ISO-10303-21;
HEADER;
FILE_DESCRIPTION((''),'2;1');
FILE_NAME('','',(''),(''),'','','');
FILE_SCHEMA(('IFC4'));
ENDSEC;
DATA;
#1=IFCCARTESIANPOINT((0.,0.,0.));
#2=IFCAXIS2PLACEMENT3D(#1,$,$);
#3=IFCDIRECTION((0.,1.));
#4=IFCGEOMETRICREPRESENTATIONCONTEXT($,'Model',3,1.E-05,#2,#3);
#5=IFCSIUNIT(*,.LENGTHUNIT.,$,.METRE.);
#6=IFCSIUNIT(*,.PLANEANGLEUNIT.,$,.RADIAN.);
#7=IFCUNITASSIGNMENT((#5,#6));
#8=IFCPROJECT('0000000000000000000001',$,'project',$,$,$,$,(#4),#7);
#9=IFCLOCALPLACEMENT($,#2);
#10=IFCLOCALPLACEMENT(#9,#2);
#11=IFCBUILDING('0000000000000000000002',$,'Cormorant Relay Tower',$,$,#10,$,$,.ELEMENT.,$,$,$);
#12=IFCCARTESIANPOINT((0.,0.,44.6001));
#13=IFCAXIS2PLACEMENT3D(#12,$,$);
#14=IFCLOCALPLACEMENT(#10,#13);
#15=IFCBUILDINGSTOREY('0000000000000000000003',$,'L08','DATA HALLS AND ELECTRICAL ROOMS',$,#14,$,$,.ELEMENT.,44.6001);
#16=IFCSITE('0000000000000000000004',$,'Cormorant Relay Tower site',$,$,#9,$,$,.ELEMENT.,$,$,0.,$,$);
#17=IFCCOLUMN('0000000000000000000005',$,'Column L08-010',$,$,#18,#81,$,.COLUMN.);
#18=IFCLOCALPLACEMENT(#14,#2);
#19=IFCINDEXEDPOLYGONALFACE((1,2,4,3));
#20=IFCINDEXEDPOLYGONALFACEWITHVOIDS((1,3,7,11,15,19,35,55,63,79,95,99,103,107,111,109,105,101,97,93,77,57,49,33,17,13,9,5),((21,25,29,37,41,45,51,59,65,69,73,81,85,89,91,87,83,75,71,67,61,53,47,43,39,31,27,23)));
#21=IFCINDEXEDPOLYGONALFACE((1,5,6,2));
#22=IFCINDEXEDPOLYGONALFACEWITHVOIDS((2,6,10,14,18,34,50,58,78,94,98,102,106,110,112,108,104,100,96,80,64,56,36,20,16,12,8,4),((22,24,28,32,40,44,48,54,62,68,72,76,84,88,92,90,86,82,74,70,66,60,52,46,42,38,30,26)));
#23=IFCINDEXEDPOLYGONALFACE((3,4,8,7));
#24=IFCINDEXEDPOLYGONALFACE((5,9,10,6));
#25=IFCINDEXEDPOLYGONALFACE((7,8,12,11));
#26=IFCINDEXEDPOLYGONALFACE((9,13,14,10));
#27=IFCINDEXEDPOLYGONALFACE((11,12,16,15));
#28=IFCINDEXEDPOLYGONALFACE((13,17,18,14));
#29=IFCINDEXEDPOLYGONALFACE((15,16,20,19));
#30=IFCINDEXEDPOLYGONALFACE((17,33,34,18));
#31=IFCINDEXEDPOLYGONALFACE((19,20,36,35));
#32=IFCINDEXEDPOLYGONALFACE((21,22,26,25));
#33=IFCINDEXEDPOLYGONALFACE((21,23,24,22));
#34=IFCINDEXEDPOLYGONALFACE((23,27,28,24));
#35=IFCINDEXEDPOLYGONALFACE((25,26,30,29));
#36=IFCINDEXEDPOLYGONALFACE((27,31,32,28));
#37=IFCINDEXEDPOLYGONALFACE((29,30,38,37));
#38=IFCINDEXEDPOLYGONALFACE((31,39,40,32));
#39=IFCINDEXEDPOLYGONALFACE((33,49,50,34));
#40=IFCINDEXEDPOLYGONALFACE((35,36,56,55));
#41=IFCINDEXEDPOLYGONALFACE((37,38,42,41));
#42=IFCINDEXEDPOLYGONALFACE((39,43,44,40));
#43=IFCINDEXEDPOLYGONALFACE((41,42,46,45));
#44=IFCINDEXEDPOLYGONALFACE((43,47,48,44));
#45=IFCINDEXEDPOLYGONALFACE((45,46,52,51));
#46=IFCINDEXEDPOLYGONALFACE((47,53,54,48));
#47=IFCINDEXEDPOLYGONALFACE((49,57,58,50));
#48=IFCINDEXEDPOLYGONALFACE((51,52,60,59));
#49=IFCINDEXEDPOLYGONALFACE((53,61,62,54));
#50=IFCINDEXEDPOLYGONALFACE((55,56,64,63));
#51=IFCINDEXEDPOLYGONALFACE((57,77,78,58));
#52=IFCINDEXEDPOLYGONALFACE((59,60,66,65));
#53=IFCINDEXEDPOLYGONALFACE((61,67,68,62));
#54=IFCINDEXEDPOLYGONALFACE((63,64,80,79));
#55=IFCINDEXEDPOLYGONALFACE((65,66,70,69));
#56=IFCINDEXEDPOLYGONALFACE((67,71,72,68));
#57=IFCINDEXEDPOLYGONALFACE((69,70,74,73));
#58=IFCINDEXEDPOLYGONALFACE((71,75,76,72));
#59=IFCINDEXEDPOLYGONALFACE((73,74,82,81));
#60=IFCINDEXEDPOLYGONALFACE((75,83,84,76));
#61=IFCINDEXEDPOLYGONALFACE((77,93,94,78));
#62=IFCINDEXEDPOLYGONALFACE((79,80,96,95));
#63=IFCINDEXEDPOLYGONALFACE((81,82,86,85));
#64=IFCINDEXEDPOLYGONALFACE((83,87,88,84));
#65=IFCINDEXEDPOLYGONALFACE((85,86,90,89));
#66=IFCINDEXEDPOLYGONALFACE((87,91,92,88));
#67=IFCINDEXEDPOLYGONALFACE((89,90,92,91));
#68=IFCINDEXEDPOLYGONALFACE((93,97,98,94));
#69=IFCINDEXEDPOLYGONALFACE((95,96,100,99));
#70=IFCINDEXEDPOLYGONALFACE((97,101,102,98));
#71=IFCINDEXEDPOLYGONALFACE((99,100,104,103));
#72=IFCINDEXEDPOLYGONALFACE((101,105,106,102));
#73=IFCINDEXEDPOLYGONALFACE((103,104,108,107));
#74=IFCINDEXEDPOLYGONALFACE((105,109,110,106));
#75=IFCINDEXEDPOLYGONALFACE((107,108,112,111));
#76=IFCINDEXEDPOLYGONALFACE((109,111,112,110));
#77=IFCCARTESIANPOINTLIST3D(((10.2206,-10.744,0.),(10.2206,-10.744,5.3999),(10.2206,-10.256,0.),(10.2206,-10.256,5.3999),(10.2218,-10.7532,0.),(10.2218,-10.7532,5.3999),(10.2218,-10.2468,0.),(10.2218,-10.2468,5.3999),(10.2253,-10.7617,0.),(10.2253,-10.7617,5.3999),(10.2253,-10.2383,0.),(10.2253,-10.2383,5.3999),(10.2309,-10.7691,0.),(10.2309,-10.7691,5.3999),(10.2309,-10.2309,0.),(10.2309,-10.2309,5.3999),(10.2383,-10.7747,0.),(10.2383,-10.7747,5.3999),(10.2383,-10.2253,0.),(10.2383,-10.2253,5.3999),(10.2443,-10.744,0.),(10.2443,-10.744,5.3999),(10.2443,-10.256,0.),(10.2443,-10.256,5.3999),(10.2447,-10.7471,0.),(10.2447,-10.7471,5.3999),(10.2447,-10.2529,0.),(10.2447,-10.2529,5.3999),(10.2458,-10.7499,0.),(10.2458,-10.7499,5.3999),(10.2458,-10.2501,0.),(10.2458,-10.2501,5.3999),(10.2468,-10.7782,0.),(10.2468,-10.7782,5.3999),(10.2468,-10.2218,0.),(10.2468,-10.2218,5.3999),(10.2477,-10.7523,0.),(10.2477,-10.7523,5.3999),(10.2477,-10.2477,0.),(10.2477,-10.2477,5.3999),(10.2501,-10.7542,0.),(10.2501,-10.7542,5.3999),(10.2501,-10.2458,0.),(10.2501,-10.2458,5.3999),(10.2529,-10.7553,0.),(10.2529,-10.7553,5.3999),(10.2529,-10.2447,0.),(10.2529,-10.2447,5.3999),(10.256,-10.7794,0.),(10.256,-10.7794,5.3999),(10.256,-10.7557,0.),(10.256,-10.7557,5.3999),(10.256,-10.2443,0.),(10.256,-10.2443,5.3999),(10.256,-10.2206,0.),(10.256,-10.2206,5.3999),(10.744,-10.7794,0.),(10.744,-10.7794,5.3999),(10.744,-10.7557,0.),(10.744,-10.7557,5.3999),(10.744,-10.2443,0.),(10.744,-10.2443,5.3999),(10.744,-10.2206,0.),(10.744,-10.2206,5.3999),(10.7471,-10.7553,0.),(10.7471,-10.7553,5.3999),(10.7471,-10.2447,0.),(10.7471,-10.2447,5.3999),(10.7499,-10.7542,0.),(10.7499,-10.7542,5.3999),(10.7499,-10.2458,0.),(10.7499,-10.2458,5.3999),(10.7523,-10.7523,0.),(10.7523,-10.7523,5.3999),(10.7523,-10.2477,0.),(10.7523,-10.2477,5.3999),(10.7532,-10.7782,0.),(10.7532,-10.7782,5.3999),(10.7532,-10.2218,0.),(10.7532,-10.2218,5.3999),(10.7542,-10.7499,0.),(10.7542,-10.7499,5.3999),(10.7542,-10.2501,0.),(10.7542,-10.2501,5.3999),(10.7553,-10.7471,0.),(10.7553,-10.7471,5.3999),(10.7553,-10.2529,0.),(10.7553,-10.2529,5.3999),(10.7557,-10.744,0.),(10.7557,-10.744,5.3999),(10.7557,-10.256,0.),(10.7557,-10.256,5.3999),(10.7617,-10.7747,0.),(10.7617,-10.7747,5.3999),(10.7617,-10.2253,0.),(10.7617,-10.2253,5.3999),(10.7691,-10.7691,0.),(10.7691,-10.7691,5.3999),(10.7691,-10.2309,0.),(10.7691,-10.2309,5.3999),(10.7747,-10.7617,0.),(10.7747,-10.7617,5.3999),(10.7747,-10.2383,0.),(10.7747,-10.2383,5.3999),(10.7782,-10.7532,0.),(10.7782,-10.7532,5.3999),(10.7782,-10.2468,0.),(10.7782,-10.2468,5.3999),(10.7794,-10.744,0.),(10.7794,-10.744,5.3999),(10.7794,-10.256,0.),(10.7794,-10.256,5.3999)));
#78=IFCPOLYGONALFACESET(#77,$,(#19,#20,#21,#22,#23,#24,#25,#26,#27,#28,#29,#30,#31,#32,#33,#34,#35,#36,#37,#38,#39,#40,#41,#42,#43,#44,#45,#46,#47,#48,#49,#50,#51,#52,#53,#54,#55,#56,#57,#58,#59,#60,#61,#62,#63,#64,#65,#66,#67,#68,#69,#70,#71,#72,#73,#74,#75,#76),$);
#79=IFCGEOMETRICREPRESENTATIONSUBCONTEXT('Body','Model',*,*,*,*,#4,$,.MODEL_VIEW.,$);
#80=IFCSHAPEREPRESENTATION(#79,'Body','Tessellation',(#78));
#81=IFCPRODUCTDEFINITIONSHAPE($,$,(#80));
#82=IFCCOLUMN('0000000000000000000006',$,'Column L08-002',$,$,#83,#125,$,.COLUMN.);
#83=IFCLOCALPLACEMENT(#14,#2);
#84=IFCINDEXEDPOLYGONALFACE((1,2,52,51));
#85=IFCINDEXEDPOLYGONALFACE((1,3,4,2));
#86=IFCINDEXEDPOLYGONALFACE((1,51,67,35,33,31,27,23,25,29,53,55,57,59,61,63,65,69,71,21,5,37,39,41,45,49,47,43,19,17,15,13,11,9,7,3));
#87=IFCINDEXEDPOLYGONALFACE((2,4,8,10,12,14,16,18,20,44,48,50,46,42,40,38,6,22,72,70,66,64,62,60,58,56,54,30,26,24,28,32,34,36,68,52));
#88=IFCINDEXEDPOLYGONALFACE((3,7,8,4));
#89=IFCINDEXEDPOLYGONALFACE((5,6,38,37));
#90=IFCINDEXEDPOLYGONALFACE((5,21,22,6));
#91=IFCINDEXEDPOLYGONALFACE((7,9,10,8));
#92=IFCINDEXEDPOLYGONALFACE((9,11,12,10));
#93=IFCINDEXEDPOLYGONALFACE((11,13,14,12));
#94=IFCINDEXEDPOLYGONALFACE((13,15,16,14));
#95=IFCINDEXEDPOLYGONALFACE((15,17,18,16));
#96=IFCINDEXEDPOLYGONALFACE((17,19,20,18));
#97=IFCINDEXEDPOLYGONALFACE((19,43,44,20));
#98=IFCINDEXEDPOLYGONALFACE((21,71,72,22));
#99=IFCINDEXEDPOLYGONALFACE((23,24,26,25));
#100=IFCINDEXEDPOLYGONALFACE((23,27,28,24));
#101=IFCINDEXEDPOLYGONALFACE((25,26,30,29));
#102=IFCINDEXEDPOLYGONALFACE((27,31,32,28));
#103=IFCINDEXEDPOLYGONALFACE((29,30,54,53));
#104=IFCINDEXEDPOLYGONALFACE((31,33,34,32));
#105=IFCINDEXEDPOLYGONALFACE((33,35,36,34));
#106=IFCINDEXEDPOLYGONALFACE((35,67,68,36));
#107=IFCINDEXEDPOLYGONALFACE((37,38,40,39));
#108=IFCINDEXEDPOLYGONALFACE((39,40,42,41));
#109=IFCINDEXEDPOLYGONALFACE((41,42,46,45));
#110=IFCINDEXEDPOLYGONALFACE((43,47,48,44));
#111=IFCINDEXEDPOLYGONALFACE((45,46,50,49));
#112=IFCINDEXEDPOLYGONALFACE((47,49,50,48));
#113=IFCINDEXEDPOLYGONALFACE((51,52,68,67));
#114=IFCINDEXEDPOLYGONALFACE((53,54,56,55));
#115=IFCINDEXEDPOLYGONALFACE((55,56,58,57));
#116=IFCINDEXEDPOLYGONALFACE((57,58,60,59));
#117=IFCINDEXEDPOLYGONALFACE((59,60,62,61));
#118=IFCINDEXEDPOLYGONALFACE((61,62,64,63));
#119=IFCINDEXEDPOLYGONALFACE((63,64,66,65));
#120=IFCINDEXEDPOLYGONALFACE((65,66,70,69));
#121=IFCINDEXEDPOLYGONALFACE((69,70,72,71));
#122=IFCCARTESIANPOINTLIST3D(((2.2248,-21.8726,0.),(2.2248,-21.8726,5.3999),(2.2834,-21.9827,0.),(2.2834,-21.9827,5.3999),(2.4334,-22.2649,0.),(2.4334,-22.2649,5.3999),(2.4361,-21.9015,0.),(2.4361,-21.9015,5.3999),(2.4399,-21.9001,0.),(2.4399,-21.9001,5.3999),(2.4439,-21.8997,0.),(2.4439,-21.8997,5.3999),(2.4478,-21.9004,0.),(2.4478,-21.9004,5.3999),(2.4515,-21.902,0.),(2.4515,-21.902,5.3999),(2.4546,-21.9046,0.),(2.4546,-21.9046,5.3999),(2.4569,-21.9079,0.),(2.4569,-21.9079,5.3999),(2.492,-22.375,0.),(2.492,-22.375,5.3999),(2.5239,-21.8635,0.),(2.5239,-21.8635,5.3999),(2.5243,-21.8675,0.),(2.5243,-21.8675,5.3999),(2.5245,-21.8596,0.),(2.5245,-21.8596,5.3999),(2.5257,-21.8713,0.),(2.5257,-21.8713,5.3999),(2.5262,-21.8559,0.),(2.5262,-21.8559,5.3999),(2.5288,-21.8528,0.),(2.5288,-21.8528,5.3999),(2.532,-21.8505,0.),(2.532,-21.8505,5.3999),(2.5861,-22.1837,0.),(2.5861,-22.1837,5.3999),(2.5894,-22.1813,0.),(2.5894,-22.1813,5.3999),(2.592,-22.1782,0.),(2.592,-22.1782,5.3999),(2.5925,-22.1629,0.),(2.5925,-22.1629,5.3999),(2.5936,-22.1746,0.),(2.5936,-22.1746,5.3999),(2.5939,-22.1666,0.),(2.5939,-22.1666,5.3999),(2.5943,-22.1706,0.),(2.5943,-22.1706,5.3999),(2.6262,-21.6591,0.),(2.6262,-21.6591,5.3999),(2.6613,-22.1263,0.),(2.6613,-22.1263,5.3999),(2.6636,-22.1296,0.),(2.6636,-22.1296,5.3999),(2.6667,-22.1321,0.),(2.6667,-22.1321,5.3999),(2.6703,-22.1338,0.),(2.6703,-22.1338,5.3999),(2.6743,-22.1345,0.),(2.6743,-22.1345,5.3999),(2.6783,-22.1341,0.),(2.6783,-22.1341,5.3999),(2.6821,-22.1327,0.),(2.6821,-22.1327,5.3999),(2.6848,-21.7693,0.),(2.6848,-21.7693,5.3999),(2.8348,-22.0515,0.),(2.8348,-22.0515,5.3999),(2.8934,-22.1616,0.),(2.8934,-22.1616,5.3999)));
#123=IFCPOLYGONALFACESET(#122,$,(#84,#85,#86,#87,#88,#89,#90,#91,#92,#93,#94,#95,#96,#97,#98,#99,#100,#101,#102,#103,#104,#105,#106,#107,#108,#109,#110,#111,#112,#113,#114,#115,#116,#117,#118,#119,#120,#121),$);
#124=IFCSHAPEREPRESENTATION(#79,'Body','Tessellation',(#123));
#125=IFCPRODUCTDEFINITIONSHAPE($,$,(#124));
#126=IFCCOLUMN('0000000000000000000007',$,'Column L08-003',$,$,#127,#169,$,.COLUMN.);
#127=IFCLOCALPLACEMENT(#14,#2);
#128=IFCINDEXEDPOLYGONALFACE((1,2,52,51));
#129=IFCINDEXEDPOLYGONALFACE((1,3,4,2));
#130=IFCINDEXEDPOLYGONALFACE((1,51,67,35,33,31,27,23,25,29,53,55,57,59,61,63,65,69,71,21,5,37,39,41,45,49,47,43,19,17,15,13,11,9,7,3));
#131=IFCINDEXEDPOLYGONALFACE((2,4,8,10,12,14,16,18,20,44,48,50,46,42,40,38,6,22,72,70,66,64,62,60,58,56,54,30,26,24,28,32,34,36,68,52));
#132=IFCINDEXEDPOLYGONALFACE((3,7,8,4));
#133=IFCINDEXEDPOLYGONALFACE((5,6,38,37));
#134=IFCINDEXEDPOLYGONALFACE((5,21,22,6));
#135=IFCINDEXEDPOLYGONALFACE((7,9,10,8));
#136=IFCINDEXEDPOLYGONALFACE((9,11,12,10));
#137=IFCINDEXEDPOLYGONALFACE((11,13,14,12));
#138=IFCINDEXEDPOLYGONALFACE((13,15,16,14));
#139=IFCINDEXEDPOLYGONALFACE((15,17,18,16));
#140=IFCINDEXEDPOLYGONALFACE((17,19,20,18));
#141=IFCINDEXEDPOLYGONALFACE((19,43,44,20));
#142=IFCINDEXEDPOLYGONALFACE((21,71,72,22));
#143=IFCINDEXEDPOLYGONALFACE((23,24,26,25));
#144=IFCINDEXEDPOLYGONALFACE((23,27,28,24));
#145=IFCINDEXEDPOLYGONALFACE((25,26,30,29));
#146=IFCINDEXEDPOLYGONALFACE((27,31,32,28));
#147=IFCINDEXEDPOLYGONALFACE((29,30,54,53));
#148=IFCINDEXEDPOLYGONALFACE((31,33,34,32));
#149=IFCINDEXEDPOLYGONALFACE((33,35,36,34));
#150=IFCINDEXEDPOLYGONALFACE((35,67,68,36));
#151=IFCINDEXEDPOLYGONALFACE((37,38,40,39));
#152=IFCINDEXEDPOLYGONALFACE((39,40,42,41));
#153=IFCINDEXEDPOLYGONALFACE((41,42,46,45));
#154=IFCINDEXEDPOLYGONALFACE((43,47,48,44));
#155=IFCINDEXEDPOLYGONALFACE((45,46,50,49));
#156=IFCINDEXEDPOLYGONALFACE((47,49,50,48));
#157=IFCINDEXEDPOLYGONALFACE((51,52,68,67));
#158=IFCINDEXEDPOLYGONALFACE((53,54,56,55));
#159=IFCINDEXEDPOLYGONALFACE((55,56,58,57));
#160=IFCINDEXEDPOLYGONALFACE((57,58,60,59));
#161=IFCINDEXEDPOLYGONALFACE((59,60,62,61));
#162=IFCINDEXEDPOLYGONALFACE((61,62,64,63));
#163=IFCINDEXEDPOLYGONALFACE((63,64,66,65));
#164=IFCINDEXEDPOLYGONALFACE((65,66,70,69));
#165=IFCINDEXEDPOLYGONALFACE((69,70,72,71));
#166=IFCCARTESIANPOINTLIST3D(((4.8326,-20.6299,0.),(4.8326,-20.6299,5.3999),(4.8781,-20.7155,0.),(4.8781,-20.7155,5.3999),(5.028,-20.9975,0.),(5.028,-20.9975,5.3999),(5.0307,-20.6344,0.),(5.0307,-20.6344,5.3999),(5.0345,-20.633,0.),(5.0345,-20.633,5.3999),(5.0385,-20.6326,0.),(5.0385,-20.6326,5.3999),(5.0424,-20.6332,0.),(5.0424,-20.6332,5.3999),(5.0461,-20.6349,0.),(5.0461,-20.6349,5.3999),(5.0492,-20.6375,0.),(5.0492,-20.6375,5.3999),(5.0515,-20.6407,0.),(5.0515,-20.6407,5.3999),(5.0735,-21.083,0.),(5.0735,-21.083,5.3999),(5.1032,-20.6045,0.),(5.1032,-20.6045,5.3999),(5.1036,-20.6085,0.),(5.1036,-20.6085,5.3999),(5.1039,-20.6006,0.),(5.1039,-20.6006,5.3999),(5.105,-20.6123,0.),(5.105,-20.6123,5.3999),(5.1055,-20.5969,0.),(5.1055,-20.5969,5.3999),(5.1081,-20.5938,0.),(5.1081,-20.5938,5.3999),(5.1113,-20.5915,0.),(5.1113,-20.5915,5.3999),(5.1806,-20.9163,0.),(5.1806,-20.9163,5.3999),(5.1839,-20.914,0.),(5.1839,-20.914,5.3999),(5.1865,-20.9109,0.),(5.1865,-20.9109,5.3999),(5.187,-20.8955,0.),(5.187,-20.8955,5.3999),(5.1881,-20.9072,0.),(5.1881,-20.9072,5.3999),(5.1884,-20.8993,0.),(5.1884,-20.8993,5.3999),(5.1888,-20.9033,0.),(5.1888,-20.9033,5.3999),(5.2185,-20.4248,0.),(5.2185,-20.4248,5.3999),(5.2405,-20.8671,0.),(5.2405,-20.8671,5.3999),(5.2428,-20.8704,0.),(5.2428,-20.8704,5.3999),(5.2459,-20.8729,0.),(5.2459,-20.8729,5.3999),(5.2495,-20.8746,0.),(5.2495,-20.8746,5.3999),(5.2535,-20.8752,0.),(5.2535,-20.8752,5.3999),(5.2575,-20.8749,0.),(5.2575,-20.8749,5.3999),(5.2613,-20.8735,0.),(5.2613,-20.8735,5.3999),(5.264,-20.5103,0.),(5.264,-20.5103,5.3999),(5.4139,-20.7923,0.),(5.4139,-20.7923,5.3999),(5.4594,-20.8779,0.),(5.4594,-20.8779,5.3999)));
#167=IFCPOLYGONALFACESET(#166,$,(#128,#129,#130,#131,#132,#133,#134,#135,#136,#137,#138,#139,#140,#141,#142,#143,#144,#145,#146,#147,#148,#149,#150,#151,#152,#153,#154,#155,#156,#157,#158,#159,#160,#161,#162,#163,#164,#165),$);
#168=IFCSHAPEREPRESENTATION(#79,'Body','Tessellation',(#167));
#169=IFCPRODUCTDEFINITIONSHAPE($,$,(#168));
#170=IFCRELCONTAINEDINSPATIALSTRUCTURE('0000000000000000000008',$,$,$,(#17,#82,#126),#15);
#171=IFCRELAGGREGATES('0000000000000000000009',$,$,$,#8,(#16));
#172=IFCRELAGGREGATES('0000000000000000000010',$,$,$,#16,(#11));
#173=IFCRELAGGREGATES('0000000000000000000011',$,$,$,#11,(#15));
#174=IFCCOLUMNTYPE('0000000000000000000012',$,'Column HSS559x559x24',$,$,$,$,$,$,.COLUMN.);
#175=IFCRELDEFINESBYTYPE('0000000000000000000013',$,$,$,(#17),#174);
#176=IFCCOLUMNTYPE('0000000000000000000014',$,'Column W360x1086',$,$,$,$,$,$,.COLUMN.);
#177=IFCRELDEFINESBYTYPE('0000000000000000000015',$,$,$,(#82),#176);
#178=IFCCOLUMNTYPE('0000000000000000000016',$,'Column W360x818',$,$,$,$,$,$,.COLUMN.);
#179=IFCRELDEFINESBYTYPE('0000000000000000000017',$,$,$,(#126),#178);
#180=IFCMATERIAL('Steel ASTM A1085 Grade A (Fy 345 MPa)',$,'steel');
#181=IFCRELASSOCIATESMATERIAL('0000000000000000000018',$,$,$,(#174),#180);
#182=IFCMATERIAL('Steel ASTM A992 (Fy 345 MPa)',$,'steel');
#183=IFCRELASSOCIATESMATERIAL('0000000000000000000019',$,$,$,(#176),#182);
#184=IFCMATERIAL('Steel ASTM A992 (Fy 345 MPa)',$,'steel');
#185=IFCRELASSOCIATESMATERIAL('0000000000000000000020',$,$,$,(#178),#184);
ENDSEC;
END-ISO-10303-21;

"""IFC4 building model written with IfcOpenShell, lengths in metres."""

from ifc_helpers import new_model, si_unit, direction, frame, origin, origin_2d, place, context, subcontext, project, spatial, hollow_rectangle, i_section, extrude, material, material_profile, profile_set, type_object, element, save


model = new_model("IFC4")

# Units and contexts
model_context = context("Model", 3, precision=1e-05, world=origin(), true_north=direction((0.0, 1.0)))
body_context = subcontext(model_context, "Body", "Model", "MODEL_VIEW")
ifc_project = project(units=[si_unit("LENGTHUNIT", "METRE"), si_unit("PLANEANGLEUNIT", "RADIAN")], contexts=[model_context])

# Site, building, storey
site_placement = place(None, origin())
site = spatial("IfcSite", under=ifc_project, at=site_placement, Name="Cormorant Relay Tower site", CompositionType="ELEMENT", RefElevation=0.0)
building_placement = place(site_placement, origin())
building = spatial("IfcBuilding", under=site, at=building_placement, Name="Cormorant Relay Tower", CompositionType="ELEMENT")
storey_placement = place(building_placement, frame((0.0, 0.0, 44.6001)))
storey = spatial("IfcBuildingStorey", under=building, at=storey_placement, Name="L08", Description="DATA HALLS AND ELECTRICAL ROOMS", CompositionType="ELEMENT", Elevation=44.6001)

# Columns
ifc_material_1 = material(Name="Steel ASTM A1085 Grade A (Fy 345 MPa)", Category="steel")
ifc_material_profile_1 = material_profile(ifc_material_1, hollow_rectangle(XDim=0.5588, YDim=0.5588, WallThickness=0.0237, InnerFilletRadius=0.0117, OuterFilletRadius=0.0354, at=origin_2d()), Name="HSS559x559x24")
ifc_profile_set_1 = profile_set([ifc_material_profile_1], Name="Steel ASTM A1085 Grade A (Fy 345 MPa)")
column_type_1 = type_object("IfcColumnType", Name="Column HSS559x559x24", PredefinedType="COLUMN", material=ifc_profile_set_1)
column_1_placement = place(storey_placement, frame((10.5, -10.5, 0.0), z_axis=(0.0, 0.0, 1.0), x_axis=(1.0, 0.0, 0.0)))
element("IfcColumn", 1, at=column_1_placement, inside=storey, type_object=column_type_1, Name="Column L08-010", PredefinedType="COLUMN", context=body_context, shape_type="SweptSolid", body=[
    extrude(hollow_rectangle(XDim=0.5588, YDim=0.5588, WallThickness=0.0237, InnerFilletRadius=0.0117, OuterFilletRadius=0.0354, at=origin_2d()), origin(), (0.0, 0.0, 1.0), 5.3999),
])
ifc_material_2 = material(Name="Steel ASTM A992 (Fy 345 MPa)", Category="steel")
ifc_material_profile_2 = material_profile(ifc_material_2, i_section(OverallWidth=0.4546, OverallDepth=0.5691, WebThickness=0.0779, FlangeThickness=0.1248, FilletRadius=0.0154, at=origin_2d()), Name="W360x1086")
ifc_profile_set_2 = profile_set([ifc_material_profile_2], Name="Steel ASTM A992 (Fy 345 MPa)")
column_type_2 = type_object("IfcColumnType", Name="Column W360x1086", PredefinedType="COLUMN", material=ifc_profile_set_2)
column_2_placement = place(storey_placement, frame((2.5591, -22.0171, 0.0), z_axis=(0.0, 0.0, 1.0), x_axis=(0.882948, 0.469472, 0.0)))
element("IfcColumn", 2, at=column_2_placement, inside=storey, type_object=column_type_2, Name="Column L08-002", PredefinedType="COLUMN", context=body_context, shape_type="SweptSolid", body=[
    extrude(i_section(OverallWidth=0.4546, OverallDepth=0.5691, WebThickness=0.0779, FlangeThickness=0.1248, FilletRadius=0.0154, at=origin_2d()), origin(), (0.0, 0.0, 1.0), 5.3999),
])
ifc_material_3 = material(Name="Steel ASTM A992 (Fy 345 MPa)", Category="steel")
ifc_material_profile_3 = material_profile(ifc_material_3, i_section(OverallWidth=0.437, OverallDepth=0.5132, WebThickness=0.0605, FlangeThickness=0.0969, FilletRadius=0.0154, at=origin_2d()), Name="W360x818")
ifc_profile_set_3 = profile_set([ifc_material_profile_3], Name="Steel ASTM A992 (Fy 345 MPa)")
column_type_3 = type_object("IfcColumnType", Name="Column W360x818", PredefinedType="COLUMN", material=ifc_profile_set_3)
for number, where, z_axis, x_axis, name in (
    (3, (5.146, -20.7539, 0.0), (0.0, 0.0, 1.0), (0.882948, 0.469472, 0.0), "Column L08-003"),
):
    element("IfcColumn", number, at=place(storey_placement, frame(where, z_axis=z_axis, x_axis=x_axis)), inside=storey, type_object=column_type_3, Name=name, PredefinedType="COLUMN", context=body_context, shape_type="SweptSolid", body=[
        extrude(i_section(OverallWidth=0.437, OverallDepth=0.5132, WebThickness=0.0605, FlangeThickness=0.0969, FilletRadius=0.0154, at=origin_2d()), origin(), (0.0, 0.0, 1.0), 5.3999),
    ])

save(model, "model.ifc")
